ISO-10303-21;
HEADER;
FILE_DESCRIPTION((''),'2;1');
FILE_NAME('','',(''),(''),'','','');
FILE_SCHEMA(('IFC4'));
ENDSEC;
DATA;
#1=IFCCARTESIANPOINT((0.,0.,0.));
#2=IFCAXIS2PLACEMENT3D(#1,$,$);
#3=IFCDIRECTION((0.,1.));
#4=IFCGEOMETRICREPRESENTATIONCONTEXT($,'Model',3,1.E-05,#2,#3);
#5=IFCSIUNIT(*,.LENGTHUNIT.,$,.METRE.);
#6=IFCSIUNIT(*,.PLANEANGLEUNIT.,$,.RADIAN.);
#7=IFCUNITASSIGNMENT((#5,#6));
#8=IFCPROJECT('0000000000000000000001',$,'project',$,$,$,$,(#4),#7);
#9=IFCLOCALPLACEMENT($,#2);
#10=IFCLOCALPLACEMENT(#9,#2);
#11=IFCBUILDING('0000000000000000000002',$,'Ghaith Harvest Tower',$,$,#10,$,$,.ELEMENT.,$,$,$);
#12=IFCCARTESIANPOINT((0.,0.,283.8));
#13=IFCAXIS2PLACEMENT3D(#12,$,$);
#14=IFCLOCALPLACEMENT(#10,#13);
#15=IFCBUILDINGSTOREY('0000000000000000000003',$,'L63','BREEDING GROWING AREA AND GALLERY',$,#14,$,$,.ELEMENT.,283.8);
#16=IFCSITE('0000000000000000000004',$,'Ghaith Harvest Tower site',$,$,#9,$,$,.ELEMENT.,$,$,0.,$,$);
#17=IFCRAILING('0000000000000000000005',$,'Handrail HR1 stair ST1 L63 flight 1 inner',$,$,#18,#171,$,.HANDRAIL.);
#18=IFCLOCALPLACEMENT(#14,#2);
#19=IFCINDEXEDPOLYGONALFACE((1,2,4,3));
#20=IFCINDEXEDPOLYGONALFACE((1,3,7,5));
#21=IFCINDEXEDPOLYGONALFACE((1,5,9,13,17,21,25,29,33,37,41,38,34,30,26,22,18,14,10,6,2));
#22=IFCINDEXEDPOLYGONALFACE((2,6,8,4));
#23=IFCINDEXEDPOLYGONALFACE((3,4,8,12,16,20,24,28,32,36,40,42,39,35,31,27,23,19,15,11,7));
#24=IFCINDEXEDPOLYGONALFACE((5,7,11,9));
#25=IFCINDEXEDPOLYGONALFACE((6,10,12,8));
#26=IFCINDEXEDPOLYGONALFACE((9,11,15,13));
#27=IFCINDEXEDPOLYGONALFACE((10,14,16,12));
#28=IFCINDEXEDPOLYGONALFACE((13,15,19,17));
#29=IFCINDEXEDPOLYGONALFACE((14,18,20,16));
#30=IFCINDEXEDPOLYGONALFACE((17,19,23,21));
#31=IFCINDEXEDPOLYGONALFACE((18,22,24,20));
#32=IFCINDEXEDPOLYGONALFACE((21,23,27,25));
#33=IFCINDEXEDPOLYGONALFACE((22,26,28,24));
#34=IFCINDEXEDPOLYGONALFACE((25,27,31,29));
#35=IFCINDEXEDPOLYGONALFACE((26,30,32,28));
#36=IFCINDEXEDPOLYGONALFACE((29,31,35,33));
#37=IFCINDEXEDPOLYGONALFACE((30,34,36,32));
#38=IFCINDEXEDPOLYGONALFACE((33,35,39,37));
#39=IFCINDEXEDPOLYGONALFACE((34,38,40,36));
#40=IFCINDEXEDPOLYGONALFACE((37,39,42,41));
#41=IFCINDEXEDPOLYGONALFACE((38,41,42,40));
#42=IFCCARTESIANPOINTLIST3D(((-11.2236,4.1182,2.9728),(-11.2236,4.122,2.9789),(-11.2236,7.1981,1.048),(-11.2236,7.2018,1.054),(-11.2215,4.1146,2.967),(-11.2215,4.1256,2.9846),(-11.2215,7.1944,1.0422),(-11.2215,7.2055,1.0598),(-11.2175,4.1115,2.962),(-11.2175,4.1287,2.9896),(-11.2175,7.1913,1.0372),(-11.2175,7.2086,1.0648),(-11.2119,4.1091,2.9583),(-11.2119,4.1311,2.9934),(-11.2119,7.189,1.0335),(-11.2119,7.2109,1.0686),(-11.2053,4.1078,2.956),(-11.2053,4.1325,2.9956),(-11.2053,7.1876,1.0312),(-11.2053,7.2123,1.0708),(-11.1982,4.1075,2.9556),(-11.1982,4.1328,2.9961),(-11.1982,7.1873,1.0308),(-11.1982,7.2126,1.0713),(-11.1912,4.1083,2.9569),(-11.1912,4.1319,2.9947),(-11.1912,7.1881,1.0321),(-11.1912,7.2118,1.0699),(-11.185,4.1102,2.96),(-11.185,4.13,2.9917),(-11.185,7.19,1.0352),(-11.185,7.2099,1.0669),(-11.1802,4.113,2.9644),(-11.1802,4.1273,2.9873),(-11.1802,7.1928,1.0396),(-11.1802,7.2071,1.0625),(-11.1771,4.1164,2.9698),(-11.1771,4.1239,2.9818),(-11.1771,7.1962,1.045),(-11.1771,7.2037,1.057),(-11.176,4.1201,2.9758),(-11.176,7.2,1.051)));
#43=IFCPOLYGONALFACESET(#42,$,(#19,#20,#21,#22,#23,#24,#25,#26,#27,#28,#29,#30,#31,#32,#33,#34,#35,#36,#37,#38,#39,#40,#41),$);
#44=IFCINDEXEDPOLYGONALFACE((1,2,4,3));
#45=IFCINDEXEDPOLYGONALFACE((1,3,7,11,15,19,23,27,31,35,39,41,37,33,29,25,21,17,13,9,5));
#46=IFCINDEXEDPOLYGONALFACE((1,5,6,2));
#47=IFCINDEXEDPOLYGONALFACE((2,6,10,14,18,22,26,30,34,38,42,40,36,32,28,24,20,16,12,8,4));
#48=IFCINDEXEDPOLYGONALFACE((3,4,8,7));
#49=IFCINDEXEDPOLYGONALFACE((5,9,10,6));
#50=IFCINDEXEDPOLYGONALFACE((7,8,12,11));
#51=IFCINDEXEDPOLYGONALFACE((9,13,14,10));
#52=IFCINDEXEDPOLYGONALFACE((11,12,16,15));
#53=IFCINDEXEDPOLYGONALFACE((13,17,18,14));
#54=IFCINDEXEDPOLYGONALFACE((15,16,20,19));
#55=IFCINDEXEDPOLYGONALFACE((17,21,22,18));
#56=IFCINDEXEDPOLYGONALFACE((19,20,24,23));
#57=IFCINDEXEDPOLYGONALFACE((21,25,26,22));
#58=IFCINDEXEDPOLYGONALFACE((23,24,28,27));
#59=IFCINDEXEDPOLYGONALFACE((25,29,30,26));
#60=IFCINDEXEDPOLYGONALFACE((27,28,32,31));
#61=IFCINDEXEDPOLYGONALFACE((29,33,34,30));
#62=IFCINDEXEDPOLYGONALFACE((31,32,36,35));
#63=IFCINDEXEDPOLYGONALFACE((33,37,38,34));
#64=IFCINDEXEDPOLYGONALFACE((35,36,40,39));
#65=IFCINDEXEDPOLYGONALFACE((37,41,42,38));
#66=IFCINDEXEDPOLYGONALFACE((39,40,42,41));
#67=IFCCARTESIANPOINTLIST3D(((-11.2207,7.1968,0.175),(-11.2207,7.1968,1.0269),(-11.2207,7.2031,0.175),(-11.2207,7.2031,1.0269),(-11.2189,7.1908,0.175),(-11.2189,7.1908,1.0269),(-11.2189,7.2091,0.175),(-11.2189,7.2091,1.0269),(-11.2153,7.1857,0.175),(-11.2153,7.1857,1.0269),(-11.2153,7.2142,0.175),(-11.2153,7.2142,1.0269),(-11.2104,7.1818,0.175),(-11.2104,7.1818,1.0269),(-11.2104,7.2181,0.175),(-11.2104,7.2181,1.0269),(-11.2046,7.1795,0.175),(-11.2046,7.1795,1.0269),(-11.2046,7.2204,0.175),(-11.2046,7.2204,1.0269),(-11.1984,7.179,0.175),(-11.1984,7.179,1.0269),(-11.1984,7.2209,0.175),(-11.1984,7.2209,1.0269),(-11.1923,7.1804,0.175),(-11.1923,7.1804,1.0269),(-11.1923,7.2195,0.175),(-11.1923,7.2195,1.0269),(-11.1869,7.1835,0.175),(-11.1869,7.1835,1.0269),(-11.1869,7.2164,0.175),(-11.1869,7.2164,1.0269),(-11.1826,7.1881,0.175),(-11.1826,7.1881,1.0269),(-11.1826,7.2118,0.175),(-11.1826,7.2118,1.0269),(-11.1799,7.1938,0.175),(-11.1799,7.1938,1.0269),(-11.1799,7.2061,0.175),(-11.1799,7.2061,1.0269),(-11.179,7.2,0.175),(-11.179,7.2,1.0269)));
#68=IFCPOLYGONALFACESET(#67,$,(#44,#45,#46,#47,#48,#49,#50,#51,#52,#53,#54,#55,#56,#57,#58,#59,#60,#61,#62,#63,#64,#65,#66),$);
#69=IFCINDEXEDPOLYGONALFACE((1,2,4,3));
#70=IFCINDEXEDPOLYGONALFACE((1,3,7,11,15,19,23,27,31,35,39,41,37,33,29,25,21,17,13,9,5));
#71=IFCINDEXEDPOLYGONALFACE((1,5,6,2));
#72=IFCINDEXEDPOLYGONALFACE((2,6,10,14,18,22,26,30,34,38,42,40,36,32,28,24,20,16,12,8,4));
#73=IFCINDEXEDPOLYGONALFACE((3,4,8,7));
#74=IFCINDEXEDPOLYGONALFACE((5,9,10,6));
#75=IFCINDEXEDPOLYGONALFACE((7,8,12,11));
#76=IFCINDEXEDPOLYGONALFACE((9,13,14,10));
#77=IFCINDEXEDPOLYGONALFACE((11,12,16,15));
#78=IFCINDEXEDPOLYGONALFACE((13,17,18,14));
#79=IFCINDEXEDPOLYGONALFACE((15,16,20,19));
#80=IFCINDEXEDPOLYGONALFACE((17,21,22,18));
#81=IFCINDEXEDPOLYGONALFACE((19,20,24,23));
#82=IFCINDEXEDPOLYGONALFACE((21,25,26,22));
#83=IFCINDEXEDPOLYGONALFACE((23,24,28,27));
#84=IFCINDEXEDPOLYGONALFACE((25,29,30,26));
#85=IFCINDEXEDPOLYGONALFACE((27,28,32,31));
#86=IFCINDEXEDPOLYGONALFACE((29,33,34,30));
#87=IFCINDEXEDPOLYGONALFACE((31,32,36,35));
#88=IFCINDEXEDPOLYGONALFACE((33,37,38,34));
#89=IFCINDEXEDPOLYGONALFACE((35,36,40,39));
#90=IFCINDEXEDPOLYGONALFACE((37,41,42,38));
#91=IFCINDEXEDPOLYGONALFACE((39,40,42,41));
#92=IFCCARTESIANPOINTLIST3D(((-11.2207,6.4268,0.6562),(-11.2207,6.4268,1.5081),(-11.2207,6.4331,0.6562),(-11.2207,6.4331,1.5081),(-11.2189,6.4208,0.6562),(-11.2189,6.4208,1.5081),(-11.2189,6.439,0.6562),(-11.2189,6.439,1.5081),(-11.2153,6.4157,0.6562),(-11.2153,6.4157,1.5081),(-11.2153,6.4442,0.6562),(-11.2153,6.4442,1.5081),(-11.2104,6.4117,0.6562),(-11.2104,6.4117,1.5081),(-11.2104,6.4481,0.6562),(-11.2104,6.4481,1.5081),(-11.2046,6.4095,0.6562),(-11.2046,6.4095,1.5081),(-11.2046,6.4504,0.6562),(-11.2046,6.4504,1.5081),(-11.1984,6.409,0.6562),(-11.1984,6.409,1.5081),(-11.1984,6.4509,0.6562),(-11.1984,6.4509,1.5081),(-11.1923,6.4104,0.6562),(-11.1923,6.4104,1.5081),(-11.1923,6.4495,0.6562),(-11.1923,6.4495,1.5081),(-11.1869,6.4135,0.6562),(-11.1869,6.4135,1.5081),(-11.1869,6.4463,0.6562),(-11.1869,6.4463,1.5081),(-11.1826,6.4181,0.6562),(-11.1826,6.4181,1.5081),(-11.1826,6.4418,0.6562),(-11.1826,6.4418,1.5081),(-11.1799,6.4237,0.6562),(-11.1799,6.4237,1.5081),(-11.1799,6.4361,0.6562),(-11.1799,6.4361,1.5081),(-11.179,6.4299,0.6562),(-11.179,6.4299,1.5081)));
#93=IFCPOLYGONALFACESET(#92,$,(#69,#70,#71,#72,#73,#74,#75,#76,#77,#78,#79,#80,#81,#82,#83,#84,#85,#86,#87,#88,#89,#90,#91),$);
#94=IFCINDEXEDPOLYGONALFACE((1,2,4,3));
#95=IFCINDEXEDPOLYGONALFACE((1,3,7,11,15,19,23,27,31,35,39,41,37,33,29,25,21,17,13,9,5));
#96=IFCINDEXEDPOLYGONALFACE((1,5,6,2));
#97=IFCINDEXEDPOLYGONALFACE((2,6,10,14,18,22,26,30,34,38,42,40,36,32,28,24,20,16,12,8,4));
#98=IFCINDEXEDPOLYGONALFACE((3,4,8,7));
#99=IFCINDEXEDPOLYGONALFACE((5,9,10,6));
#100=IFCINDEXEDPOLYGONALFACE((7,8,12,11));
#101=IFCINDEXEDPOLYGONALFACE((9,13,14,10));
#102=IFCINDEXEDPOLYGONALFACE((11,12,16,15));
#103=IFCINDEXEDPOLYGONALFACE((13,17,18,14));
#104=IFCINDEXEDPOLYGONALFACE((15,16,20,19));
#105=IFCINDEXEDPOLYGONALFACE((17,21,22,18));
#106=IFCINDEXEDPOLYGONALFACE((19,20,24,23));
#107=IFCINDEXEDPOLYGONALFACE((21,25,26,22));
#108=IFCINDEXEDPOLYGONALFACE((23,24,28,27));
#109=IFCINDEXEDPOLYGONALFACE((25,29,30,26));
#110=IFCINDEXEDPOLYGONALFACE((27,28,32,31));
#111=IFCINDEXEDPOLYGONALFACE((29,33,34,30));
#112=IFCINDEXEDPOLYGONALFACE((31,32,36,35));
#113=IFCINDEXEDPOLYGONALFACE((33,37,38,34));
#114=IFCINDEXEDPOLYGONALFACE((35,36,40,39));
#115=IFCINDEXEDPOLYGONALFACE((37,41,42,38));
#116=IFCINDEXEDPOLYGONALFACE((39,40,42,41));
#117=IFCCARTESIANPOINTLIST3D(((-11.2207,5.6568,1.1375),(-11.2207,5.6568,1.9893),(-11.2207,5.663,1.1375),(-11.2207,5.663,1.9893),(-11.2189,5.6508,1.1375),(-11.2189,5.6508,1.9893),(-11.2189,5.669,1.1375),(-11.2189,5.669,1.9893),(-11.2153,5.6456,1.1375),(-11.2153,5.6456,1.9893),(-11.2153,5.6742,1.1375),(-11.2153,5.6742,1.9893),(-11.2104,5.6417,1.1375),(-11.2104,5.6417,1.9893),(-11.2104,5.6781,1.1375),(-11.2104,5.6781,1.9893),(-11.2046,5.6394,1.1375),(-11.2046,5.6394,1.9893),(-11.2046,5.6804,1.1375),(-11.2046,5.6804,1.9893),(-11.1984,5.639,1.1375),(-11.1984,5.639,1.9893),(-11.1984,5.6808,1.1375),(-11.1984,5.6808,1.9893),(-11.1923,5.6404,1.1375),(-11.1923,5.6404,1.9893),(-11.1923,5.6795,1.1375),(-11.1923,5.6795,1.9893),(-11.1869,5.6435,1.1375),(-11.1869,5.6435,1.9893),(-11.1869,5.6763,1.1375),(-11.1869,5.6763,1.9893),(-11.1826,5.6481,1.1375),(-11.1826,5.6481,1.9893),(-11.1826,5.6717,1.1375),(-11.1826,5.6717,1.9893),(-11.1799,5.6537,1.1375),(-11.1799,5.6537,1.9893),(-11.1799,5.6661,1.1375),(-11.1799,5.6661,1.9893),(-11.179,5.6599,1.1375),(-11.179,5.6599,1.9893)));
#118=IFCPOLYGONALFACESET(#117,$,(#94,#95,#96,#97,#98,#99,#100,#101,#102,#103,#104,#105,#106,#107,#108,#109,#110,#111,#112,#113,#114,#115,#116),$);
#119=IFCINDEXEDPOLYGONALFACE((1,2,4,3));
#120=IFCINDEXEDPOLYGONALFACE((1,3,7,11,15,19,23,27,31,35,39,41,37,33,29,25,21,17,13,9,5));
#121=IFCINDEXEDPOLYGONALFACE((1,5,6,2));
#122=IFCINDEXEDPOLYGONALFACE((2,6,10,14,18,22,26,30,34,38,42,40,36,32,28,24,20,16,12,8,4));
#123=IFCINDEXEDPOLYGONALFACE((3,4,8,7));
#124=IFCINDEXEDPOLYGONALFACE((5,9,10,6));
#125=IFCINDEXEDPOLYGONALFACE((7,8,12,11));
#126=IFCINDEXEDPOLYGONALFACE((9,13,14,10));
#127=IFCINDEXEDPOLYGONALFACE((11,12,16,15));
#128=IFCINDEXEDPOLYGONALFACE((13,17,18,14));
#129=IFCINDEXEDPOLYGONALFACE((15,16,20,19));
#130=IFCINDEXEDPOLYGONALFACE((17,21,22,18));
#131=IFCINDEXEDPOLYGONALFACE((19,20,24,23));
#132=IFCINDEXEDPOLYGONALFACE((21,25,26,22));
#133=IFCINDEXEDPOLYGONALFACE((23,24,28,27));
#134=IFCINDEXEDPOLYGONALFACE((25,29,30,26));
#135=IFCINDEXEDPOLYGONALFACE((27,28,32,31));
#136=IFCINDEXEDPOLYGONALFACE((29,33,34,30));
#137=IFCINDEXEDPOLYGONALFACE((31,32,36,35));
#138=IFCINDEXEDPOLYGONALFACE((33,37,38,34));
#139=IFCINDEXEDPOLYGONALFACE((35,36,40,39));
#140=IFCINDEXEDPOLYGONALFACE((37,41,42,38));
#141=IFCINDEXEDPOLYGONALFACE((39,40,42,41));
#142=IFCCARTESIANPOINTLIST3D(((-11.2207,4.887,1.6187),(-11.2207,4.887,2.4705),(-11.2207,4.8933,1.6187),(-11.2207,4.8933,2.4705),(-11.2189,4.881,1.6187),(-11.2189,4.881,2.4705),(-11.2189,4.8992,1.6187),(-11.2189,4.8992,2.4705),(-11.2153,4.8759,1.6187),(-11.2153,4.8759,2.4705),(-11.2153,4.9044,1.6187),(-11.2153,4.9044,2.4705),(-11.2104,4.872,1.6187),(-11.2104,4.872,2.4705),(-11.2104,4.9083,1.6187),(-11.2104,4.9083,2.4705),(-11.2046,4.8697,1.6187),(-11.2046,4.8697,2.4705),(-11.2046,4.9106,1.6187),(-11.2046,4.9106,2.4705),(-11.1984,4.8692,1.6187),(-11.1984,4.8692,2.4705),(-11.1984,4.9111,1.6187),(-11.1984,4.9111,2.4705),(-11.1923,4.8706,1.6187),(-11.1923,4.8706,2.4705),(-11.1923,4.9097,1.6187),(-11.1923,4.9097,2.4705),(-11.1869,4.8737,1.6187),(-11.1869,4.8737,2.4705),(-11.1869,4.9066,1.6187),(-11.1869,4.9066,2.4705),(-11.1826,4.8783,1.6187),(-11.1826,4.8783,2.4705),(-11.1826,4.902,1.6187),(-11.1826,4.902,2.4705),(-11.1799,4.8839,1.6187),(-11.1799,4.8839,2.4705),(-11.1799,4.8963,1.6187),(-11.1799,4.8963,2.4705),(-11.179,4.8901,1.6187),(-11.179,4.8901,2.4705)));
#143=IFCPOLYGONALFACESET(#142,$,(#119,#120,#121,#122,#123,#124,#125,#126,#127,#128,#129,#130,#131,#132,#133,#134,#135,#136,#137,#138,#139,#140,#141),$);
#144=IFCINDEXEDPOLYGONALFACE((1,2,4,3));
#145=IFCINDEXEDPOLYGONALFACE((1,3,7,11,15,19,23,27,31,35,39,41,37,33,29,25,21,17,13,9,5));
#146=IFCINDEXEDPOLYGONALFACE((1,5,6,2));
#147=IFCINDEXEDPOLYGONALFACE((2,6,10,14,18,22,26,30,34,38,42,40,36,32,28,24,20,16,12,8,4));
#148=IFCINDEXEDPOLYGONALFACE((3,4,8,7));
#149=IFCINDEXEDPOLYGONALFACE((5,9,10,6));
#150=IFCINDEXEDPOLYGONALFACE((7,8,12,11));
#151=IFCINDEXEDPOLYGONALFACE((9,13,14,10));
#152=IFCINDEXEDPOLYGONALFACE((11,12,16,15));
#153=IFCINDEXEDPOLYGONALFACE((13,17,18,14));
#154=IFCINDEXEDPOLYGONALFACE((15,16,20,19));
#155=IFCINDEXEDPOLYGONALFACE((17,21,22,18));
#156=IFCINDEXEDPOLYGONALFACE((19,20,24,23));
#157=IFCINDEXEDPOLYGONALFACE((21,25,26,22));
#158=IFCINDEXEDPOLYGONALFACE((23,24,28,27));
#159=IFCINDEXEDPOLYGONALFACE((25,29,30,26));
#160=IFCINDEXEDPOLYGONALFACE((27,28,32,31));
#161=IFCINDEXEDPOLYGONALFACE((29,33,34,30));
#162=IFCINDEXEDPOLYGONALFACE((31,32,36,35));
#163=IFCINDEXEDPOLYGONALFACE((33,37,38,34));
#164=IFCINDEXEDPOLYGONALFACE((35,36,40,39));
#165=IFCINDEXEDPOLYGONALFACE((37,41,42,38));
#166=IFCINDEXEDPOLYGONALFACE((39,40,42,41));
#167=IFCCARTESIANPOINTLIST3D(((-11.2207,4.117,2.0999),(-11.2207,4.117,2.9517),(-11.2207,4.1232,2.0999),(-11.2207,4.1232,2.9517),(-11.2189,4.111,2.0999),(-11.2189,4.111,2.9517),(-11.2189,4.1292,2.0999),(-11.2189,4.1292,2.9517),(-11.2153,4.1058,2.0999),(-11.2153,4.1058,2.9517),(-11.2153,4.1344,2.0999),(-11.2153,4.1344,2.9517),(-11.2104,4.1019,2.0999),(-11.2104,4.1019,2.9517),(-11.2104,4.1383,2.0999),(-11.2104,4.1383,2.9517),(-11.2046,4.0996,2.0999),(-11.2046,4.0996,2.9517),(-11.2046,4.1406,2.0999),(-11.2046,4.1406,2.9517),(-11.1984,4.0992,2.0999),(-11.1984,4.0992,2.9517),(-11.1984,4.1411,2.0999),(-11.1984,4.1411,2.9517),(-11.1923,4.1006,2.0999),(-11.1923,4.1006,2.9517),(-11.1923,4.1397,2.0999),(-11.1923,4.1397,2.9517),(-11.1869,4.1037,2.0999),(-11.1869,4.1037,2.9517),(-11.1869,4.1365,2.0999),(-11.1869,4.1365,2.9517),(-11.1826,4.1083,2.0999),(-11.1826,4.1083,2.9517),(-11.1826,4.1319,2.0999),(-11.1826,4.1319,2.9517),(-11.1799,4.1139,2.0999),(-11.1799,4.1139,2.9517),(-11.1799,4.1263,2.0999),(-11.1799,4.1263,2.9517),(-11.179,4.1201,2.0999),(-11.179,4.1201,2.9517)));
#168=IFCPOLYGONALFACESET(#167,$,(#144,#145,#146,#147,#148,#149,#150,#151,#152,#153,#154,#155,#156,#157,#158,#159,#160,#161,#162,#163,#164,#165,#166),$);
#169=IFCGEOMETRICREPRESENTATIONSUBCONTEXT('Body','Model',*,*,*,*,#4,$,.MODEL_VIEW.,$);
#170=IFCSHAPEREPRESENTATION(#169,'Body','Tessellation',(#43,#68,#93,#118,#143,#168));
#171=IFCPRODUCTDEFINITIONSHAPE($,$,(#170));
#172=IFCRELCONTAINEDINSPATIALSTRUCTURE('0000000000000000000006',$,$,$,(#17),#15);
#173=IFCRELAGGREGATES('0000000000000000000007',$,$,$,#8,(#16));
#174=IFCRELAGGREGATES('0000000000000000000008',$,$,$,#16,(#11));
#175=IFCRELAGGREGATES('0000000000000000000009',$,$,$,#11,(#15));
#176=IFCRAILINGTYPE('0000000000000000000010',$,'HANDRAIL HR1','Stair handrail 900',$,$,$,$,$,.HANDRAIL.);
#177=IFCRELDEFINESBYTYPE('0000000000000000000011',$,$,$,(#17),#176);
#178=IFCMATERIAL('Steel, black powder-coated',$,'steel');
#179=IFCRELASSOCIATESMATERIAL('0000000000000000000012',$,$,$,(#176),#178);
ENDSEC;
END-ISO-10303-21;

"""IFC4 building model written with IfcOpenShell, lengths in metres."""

from ifc_helpers import new_model, si_unit, direction, frame, origin, origin_2d, place, context, subcontext, project, spatial, circle, extrude, material, type_object, element, save


model = new_model("IFC4")

# Units and contexts
model_context = context("Model", 3, precision=1e-05, world=origin(), true_north=direction((0.0, 1.0)))
body_context = subcontext(model_context, "Body", "Model", "MODEL_VIEW")
ifc_project = project(units=[si_unit("LENGTHUNIT", "METRE"), si_unit("PLANEANGLEUNIT", "RADIAN")], contexts=[model_context])

# Site, building, storey
site_placement = place(None, origin())
site = spatial("IfcSite", under=ifc_project, at=site_placement, Name="Ghaith Harvest Tower site", CompositionType="ELEMENT", RefElevation=0.0)
building_placement = place(site_placement, origin())
building = spatial("IfcBuilding", under=site, at=building_placement, Name="Ghaith Harvest Tower", CompositionType="ELEMENT")
storey_placement = place(building_placement, frame((0.0, 0.0, 283.8)))
storey = spatial("IfcBuildingStorey", under=building, at=storey_placement, Name="L63", Description="BREEDING GROWING AREA AND GALLERY", CompositionType="ELEMENT", Elevation=283.8)

# Railing
ifc_material_1 = material(Name="Steel, black powder-coated", Category="steel")
railing_type = type_object("IfcRailingType", Name="HANDRAIL HR1", Description="Stair handrail 900", PredefinedType="HANDRAIL", material=ifc_material_1)
railing_1_placement = place(storey_placement, frame((-11.2, 7.2, 0.175)))
element("IfcRailing", 1, at=railing_1_placement, inside=storey, type_object=railing_type, Name="Handrail HR1 stair ST1 L63 flight 1 inner", PredefinedType="HANDRAIL", context=body_context, shape_type="SweptSolid", body=[
    extrude(circle(Radius=0.0239, at=origin_2d()), frame((0.0, 0.0, 0.876), z_axis=(0.0, -0.84801, 0.529981), x_axis=(1.0, 0.0, 0.0)), (0.0, 0.0, 1.0), 3.6318),
    extrude(circle(Radius=0.021, at=origin_2d()), origin(), (0.0, 0.0, 1.0), 0.8518),
    extrude(circle(Radius=0.021, at=origin_2d()), frame((0.0, -0.77, 0.4812)), (0.0, 0.0, 1.0), 0.8518),
    extrude(circle(Radius=0.021, at=origin_2d()), frame((0.0, -1.54, 0.9624)), (0.0, 0.0, 1.0), 0.8518),
    extrude(circle(Radius=0.021, at=origin_2d()), frame((0.0, -2.3098, 1.4436)), (0.0, 0.0, 1.0), 0.8518),
    extrude(circle(Radius=0.021, at=origin_2d()), frame((0.0, -3.0798, 1.9248)), (0.0, 0.0, 1.0), 0.8518),
])

save(model, "model.ifc")
